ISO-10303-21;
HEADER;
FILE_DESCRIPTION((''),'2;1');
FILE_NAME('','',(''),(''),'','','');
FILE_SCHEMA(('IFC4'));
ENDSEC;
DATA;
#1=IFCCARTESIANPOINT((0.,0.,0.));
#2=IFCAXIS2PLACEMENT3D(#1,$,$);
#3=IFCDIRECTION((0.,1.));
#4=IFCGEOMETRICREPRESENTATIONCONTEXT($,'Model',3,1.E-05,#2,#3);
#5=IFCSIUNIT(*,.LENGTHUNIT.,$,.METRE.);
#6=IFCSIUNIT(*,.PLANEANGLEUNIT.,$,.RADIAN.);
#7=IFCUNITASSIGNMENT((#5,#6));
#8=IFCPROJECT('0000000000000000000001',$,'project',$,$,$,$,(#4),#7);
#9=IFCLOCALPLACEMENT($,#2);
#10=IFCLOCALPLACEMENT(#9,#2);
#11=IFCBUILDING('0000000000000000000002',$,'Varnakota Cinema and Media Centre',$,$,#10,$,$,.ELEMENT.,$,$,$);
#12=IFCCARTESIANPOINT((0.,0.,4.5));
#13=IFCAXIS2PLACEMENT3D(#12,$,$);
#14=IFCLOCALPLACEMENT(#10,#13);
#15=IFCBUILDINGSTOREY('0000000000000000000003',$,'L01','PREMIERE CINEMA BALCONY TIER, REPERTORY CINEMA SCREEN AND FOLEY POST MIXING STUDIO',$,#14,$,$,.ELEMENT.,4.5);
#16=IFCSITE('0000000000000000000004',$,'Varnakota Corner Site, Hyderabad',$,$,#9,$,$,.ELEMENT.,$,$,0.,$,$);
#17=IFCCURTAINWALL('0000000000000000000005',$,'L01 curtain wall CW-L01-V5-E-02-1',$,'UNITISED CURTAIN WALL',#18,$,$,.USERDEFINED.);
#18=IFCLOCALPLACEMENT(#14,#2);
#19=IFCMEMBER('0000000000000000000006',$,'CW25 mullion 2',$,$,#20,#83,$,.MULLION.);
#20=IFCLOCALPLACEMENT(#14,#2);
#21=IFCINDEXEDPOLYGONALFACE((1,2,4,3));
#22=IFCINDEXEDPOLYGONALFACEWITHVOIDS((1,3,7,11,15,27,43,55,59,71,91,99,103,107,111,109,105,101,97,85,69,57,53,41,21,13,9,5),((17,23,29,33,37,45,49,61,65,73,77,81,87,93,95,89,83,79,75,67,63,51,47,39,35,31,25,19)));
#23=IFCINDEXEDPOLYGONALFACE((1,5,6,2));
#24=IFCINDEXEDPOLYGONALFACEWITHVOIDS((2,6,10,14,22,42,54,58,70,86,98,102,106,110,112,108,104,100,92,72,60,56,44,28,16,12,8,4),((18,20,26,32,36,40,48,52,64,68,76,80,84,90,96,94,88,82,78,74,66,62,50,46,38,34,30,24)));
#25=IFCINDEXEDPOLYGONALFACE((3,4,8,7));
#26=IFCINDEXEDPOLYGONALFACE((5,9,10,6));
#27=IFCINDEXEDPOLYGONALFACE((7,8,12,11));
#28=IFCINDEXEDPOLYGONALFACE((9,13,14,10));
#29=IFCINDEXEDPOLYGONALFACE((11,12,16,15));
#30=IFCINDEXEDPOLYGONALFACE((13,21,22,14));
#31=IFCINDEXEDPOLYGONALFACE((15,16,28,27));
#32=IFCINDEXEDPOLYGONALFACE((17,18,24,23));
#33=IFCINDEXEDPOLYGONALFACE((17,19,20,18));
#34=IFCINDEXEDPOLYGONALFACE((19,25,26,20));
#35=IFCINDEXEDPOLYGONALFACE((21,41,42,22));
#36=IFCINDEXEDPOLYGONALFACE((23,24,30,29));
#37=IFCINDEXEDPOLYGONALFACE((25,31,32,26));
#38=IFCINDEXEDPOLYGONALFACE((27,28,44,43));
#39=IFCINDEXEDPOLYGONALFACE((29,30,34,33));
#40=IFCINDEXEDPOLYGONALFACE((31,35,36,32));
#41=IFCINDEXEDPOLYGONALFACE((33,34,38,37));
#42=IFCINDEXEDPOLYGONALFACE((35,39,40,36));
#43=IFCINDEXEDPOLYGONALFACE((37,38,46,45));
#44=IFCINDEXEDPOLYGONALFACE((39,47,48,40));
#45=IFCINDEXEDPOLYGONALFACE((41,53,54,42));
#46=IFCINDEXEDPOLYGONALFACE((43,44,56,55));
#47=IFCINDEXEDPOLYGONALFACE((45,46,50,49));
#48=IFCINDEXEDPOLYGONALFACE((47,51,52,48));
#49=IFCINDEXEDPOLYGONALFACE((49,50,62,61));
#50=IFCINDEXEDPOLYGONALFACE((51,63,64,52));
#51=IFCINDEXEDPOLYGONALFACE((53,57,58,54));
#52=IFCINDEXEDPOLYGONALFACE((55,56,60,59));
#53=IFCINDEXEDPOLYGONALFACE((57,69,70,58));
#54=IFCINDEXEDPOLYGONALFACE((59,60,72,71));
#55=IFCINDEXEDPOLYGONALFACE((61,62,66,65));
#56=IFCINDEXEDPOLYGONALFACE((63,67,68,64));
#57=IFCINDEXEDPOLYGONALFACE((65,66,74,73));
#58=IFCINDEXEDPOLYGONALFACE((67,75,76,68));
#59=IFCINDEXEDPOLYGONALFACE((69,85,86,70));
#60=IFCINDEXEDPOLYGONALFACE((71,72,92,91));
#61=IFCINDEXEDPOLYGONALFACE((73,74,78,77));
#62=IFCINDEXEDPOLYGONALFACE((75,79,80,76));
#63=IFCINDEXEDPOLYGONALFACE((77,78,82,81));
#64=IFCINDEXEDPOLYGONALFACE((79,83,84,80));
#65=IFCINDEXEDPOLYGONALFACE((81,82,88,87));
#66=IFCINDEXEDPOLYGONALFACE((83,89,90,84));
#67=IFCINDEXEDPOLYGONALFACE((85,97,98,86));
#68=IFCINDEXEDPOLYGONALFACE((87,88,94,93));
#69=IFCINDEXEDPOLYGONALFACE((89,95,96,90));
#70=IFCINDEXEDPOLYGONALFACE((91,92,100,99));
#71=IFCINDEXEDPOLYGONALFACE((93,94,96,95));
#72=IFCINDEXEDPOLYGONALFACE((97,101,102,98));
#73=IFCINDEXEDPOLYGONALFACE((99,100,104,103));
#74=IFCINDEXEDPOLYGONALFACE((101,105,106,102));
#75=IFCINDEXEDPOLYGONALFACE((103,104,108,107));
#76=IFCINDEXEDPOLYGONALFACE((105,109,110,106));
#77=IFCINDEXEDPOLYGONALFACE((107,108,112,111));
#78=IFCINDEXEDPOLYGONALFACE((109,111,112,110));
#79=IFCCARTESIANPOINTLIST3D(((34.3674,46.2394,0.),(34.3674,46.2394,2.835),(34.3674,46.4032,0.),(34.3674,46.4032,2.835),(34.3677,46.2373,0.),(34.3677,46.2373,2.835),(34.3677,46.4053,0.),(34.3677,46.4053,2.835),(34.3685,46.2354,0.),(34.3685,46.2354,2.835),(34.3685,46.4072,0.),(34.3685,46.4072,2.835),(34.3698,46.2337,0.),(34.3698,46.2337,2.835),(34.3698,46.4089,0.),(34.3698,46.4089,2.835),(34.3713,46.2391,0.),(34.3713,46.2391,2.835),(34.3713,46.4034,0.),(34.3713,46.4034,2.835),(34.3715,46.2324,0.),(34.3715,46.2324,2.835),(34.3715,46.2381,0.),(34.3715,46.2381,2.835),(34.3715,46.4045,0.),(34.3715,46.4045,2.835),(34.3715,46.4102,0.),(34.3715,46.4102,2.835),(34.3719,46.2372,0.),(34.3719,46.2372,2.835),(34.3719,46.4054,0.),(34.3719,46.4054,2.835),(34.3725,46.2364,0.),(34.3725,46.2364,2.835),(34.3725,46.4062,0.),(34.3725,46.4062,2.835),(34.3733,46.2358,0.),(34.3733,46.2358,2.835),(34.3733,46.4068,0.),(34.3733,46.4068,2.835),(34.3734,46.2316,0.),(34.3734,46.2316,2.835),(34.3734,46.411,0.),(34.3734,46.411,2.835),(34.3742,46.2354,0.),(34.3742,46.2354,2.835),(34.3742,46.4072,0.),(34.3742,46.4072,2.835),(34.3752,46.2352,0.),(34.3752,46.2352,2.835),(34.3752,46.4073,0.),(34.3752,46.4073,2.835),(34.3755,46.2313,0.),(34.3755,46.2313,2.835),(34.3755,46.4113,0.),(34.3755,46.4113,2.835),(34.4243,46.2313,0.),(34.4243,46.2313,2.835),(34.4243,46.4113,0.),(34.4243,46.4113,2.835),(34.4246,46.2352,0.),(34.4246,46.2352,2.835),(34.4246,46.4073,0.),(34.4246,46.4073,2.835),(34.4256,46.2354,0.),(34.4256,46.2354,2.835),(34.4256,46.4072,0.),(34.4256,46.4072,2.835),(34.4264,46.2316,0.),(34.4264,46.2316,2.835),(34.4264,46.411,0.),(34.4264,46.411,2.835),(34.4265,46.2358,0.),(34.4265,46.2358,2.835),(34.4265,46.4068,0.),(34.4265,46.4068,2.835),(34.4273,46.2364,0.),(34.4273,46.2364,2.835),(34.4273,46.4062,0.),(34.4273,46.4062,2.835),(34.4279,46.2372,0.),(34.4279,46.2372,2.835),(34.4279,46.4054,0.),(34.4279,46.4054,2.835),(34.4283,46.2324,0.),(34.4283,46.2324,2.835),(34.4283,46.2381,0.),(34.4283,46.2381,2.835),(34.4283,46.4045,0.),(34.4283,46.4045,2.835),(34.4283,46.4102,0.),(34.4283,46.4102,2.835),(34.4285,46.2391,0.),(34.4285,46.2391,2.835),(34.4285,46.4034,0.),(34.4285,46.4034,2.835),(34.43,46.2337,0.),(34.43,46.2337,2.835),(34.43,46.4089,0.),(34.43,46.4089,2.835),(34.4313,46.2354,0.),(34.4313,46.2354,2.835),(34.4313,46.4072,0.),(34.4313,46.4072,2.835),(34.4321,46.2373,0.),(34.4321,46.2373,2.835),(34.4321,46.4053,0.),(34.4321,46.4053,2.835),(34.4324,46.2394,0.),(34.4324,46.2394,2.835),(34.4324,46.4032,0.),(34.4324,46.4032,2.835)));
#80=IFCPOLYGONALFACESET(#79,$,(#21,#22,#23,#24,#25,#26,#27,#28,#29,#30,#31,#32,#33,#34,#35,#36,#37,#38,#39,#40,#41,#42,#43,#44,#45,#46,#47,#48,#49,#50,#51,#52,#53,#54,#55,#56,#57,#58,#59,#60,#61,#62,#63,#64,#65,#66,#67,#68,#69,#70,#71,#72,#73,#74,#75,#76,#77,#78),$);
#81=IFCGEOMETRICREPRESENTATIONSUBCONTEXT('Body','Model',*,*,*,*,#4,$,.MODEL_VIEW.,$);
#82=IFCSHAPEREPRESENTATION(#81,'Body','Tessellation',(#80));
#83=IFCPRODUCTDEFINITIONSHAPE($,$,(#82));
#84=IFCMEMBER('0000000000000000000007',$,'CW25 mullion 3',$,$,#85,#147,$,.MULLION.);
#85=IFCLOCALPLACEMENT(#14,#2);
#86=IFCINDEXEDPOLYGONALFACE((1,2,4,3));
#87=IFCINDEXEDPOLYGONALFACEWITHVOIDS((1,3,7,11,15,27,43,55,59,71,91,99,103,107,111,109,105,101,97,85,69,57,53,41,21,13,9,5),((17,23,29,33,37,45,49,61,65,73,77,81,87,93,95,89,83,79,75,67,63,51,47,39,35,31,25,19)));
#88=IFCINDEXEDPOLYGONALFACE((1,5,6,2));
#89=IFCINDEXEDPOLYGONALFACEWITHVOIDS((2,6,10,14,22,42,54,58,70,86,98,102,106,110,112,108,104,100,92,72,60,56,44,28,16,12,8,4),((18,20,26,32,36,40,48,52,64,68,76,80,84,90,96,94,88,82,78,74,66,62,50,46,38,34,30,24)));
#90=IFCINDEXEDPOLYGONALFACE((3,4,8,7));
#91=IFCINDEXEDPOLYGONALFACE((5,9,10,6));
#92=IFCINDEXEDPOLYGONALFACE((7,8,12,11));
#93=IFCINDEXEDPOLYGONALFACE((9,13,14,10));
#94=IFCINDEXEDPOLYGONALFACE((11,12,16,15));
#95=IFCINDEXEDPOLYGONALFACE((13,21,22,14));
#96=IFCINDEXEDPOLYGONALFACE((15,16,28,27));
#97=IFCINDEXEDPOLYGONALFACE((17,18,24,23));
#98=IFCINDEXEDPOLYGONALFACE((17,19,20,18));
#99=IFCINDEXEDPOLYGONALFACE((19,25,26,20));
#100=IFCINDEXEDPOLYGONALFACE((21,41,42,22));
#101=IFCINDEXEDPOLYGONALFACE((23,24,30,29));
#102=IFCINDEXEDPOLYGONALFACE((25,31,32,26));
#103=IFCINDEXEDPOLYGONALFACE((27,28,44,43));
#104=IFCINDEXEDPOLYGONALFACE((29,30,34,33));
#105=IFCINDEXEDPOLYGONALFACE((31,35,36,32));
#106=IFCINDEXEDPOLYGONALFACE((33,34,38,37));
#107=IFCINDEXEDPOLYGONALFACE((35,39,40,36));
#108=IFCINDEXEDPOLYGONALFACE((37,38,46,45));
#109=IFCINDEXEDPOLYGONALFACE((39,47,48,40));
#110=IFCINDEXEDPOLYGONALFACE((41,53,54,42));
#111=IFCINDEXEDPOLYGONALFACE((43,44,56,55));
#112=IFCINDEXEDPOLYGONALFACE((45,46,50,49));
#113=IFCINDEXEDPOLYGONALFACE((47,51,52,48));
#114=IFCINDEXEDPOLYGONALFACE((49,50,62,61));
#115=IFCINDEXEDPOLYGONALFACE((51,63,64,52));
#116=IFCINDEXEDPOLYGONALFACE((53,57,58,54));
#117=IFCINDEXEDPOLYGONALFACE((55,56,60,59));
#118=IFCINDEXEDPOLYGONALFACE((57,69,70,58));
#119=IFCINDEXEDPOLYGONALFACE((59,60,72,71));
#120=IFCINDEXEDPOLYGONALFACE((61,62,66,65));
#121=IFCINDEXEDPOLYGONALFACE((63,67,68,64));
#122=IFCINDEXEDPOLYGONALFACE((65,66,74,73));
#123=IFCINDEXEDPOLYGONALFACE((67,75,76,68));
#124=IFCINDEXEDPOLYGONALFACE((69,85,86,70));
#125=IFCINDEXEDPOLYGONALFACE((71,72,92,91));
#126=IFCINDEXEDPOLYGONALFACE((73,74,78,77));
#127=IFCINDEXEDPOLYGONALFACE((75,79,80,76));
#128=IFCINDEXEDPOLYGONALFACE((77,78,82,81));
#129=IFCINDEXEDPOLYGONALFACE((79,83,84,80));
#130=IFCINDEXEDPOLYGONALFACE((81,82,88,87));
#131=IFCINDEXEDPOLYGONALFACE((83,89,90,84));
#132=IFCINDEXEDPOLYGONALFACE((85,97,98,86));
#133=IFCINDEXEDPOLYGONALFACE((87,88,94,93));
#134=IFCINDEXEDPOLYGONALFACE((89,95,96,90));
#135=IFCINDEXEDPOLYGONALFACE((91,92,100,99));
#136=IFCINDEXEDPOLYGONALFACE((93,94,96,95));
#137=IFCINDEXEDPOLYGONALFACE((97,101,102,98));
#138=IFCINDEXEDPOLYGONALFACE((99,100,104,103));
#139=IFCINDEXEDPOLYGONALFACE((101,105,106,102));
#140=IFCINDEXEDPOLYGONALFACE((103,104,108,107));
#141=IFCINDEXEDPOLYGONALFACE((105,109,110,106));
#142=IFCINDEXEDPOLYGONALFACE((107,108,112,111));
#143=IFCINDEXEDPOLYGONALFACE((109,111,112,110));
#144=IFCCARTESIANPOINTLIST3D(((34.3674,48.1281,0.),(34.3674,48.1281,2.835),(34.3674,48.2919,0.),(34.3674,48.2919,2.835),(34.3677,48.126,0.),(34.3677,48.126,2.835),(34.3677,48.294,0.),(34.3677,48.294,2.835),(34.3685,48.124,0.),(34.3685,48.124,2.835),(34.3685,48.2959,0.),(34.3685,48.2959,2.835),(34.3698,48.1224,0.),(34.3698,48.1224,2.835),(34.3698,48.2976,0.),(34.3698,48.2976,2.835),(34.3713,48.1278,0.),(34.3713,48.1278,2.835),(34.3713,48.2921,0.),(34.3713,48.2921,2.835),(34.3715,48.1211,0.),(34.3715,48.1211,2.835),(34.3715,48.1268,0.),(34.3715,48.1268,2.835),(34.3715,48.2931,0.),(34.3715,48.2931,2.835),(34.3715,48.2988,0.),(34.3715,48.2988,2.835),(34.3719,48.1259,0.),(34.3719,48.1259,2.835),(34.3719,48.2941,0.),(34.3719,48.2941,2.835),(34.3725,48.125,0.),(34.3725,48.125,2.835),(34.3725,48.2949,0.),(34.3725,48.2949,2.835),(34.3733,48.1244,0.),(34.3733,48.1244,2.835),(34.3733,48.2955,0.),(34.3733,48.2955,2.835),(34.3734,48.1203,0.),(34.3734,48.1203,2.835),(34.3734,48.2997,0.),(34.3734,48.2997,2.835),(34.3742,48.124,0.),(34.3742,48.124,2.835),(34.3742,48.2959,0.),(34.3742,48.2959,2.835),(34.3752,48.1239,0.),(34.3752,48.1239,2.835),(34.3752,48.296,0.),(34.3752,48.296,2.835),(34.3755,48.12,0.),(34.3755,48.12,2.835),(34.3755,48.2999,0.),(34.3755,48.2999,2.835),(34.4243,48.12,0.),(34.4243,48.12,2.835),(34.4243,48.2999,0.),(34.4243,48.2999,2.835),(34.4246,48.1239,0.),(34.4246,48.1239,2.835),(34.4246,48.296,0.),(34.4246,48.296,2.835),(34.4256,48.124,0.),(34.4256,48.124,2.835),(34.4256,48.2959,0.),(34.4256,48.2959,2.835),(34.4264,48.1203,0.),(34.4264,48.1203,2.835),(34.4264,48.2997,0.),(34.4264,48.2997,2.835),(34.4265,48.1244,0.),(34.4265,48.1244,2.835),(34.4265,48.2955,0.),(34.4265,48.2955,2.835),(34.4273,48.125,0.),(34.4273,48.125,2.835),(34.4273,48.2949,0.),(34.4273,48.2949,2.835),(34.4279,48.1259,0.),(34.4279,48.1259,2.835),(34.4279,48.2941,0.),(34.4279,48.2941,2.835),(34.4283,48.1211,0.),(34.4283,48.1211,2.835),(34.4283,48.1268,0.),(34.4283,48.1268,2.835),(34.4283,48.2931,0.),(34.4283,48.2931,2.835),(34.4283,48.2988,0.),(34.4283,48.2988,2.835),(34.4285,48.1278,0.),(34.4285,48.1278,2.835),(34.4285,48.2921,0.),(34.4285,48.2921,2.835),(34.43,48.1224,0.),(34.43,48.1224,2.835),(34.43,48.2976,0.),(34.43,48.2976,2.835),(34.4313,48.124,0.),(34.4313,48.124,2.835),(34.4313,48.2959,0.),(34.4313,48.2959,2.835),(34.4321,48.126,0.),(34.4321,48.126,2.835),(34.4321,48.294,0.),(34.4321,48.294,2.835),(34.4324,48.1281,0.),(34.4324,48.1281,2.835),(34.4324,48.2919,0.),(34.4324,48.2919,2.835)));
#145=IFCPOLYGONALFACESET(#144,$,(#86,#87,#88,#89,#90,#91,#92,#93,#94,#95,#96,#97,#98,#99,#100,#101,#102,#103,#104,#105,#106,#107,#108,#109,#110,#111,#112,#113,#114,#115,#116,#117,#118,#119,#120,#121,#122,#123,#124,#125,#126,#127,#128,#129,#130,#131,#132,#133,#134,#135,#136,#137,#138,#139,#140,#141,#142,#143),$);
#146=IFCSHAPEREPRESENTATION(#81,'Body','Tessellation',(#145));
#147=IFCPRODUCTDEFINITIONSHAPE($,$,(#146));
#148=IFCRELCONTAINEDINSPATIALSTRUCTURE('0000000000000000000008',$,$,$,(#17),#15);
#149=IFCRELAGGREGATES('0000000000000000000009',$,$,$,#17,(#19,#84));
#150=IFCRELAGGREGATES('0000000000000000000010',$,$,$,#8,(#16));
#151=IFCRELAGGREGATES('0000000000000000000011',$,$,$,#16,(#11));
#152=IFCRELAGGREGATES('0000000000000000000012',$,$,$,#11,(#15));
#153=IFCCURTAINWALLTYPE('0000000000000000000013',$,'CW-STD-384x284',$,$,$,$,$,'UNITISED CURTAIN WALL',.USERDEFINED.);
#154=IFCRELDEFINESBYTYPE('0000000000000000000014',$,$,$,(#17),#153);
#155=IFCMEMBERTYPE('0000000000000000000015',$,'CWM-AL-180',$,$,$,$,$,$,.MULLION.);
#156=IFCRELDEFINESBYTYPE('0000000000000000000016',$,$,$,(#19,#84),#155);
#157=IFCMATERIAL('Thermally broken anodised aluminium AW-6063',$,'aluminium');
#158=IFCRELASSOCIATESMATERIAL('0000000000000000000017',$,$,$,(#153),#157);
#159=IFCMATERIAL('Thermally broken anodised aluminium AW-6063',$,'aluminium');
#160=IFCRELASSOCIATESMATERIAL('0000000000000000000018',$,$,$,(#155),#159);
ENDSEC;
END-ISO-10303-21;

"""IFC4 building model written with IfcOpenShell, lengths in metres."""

from ifc_helpers import new_model, si_unit, direction, frame, origin, origin_2d, place, context, subcontext, project, spatial, hollow_rectangle, extrude, material, material_profile, profile_set, type_object, element, aggregate, save


model = new_model("IFC4")

# Units and contexts
model_context = context("Model", 3, precision=1e-05, world=origin(), true_north=direction((0.0, 1.0)))
body_context = subcontext(model_context, "Body", "Model", "MODEL_VIEW")
ifc_project = project(units=[si_unit("LENGTHUNIT", "METRE"), si_unit("PLANEANGLEUNIT", "RADIAN")], contexts=[model_context])

# Site, building, storey
site_placement = place(None, origin())
site = spatial("IfcSite", under=ifc_project, at=site_placement, Name="Varnakota Corner Site, Hyderabad", CompositionType="ELEMENT", RefElevation=0.0)
building_placement = place(site_placement, origin())
building = spatial("IfcBuilding", under=site, at=building_placement, Name="Varnakota Cinema and Media Centre", CompositionType="ELEMENT")
storey_placement = place(building_placement, frame((0.0, 0.0, 4.5)))
storey = spatial("IfcBuildingStorey", under=building, at=storey_placement, Name="L01", Description="PREMIERE CINEMA BALCONY TIER, REPERTORY CINEMA SCREEN AND FOLEY POST MIXING STUDIO", CompositionType="ELEMENT", Elevation=4.5)

# Curtain wall, members
ifc_material_1 = material(Name="Thermally broken anodised aluminium AW-6063", Category="aluminium")
curtain_wall_type = type_object("IfcCurtainWallType", Name="CW-STD-384x284", ElementType="UNITISED CURTAIN WALL", PredefinedType="USERDEFINED", material=ifc_material_1)
curtain_wall_1_placement = place(storey_placement, origin())
curtain_wall_1 = element("IfcCurtainWall", 1, at=curtain_wall_1_placement, inside=storey, type_object=curtain_wall_type, Name="L01 curtain wall CW-L01-V5-E-02-1", ObjectType="UNITISED CURTAIN WALL", PredefinedType="USERDEFINED")
ifc_material_2 = material(Name="Thermally broken anodised aluminium AW-6063", Category="aluminium")
ifc_material_profile_1 = material_profile(ifc_material_2, hollow_rectangle(XDim=0.0649, YDim=0.1799, WallThickness=0.0039, InnerFilletRadius=0.0039, OuterFilletRadius=0.0081, at=origin_2d()), Name="AL-MULLION 180x65x4")
ifc_profile_set_1 = profile_set([ifc_material_profile_1], Name="Thermally broken anodised aluminium AW-6063")
member_type_1 = type_object("IfcMemberType", Name="CWM-AL-180", PredefinedType="MULLION", material=ifc_profile_set_1)
member_1_placement = place(storey_placement, frame((34.3999, 46.3213, 0.0), z_axis=(0.0, 0.0, 1.0), x_axis=(-1.0, 0.0, 0.0)))
member_1 = element("IfcMember", 2, at=member_1_placement, type_object=member_type_1, Name="CW25 mullion 2", PredefinedType="MULLION", context=body_context, shape_type="SweptSolid", body=[
    extrude(hollow_rectangle(XDim=0.0649, YDim=0.1799, WallThickness=0.0039, InnerFilletRadius=0.0039, OuterFilletRadius=0.0081, at=origin_2d()), origin(), (0.0, 0.0, 1.0), 2.835),
])
member_2_placement = place(storey_placement, frame((34.3999, 48.21, 0.0), z_axis=(0.0, 0.0, 1.0), x_axis=(-1.0, 0.0, 0.0)))
member_2 = element("IfcMember", 3, at=member_2_placement, type_object=member_type_1, Name="CW25 mullion 3", PredefinedType="MULLION", context=body_context, shape_type="SweptSolid", body=[
    extrude(hollow_rectangle(XDim=0.0649, YDim=0.1799, WallThickness=0.0039, InnerFilletRadius=0.0039, OuterFilletRadius=0.0081, at=origin_2d()), origin(), (0.0, 0.0, 1.0), 2.835),
])

aggregate(curtain_wall_1, [member_1, member_2])

save(model, "model.ifc")
